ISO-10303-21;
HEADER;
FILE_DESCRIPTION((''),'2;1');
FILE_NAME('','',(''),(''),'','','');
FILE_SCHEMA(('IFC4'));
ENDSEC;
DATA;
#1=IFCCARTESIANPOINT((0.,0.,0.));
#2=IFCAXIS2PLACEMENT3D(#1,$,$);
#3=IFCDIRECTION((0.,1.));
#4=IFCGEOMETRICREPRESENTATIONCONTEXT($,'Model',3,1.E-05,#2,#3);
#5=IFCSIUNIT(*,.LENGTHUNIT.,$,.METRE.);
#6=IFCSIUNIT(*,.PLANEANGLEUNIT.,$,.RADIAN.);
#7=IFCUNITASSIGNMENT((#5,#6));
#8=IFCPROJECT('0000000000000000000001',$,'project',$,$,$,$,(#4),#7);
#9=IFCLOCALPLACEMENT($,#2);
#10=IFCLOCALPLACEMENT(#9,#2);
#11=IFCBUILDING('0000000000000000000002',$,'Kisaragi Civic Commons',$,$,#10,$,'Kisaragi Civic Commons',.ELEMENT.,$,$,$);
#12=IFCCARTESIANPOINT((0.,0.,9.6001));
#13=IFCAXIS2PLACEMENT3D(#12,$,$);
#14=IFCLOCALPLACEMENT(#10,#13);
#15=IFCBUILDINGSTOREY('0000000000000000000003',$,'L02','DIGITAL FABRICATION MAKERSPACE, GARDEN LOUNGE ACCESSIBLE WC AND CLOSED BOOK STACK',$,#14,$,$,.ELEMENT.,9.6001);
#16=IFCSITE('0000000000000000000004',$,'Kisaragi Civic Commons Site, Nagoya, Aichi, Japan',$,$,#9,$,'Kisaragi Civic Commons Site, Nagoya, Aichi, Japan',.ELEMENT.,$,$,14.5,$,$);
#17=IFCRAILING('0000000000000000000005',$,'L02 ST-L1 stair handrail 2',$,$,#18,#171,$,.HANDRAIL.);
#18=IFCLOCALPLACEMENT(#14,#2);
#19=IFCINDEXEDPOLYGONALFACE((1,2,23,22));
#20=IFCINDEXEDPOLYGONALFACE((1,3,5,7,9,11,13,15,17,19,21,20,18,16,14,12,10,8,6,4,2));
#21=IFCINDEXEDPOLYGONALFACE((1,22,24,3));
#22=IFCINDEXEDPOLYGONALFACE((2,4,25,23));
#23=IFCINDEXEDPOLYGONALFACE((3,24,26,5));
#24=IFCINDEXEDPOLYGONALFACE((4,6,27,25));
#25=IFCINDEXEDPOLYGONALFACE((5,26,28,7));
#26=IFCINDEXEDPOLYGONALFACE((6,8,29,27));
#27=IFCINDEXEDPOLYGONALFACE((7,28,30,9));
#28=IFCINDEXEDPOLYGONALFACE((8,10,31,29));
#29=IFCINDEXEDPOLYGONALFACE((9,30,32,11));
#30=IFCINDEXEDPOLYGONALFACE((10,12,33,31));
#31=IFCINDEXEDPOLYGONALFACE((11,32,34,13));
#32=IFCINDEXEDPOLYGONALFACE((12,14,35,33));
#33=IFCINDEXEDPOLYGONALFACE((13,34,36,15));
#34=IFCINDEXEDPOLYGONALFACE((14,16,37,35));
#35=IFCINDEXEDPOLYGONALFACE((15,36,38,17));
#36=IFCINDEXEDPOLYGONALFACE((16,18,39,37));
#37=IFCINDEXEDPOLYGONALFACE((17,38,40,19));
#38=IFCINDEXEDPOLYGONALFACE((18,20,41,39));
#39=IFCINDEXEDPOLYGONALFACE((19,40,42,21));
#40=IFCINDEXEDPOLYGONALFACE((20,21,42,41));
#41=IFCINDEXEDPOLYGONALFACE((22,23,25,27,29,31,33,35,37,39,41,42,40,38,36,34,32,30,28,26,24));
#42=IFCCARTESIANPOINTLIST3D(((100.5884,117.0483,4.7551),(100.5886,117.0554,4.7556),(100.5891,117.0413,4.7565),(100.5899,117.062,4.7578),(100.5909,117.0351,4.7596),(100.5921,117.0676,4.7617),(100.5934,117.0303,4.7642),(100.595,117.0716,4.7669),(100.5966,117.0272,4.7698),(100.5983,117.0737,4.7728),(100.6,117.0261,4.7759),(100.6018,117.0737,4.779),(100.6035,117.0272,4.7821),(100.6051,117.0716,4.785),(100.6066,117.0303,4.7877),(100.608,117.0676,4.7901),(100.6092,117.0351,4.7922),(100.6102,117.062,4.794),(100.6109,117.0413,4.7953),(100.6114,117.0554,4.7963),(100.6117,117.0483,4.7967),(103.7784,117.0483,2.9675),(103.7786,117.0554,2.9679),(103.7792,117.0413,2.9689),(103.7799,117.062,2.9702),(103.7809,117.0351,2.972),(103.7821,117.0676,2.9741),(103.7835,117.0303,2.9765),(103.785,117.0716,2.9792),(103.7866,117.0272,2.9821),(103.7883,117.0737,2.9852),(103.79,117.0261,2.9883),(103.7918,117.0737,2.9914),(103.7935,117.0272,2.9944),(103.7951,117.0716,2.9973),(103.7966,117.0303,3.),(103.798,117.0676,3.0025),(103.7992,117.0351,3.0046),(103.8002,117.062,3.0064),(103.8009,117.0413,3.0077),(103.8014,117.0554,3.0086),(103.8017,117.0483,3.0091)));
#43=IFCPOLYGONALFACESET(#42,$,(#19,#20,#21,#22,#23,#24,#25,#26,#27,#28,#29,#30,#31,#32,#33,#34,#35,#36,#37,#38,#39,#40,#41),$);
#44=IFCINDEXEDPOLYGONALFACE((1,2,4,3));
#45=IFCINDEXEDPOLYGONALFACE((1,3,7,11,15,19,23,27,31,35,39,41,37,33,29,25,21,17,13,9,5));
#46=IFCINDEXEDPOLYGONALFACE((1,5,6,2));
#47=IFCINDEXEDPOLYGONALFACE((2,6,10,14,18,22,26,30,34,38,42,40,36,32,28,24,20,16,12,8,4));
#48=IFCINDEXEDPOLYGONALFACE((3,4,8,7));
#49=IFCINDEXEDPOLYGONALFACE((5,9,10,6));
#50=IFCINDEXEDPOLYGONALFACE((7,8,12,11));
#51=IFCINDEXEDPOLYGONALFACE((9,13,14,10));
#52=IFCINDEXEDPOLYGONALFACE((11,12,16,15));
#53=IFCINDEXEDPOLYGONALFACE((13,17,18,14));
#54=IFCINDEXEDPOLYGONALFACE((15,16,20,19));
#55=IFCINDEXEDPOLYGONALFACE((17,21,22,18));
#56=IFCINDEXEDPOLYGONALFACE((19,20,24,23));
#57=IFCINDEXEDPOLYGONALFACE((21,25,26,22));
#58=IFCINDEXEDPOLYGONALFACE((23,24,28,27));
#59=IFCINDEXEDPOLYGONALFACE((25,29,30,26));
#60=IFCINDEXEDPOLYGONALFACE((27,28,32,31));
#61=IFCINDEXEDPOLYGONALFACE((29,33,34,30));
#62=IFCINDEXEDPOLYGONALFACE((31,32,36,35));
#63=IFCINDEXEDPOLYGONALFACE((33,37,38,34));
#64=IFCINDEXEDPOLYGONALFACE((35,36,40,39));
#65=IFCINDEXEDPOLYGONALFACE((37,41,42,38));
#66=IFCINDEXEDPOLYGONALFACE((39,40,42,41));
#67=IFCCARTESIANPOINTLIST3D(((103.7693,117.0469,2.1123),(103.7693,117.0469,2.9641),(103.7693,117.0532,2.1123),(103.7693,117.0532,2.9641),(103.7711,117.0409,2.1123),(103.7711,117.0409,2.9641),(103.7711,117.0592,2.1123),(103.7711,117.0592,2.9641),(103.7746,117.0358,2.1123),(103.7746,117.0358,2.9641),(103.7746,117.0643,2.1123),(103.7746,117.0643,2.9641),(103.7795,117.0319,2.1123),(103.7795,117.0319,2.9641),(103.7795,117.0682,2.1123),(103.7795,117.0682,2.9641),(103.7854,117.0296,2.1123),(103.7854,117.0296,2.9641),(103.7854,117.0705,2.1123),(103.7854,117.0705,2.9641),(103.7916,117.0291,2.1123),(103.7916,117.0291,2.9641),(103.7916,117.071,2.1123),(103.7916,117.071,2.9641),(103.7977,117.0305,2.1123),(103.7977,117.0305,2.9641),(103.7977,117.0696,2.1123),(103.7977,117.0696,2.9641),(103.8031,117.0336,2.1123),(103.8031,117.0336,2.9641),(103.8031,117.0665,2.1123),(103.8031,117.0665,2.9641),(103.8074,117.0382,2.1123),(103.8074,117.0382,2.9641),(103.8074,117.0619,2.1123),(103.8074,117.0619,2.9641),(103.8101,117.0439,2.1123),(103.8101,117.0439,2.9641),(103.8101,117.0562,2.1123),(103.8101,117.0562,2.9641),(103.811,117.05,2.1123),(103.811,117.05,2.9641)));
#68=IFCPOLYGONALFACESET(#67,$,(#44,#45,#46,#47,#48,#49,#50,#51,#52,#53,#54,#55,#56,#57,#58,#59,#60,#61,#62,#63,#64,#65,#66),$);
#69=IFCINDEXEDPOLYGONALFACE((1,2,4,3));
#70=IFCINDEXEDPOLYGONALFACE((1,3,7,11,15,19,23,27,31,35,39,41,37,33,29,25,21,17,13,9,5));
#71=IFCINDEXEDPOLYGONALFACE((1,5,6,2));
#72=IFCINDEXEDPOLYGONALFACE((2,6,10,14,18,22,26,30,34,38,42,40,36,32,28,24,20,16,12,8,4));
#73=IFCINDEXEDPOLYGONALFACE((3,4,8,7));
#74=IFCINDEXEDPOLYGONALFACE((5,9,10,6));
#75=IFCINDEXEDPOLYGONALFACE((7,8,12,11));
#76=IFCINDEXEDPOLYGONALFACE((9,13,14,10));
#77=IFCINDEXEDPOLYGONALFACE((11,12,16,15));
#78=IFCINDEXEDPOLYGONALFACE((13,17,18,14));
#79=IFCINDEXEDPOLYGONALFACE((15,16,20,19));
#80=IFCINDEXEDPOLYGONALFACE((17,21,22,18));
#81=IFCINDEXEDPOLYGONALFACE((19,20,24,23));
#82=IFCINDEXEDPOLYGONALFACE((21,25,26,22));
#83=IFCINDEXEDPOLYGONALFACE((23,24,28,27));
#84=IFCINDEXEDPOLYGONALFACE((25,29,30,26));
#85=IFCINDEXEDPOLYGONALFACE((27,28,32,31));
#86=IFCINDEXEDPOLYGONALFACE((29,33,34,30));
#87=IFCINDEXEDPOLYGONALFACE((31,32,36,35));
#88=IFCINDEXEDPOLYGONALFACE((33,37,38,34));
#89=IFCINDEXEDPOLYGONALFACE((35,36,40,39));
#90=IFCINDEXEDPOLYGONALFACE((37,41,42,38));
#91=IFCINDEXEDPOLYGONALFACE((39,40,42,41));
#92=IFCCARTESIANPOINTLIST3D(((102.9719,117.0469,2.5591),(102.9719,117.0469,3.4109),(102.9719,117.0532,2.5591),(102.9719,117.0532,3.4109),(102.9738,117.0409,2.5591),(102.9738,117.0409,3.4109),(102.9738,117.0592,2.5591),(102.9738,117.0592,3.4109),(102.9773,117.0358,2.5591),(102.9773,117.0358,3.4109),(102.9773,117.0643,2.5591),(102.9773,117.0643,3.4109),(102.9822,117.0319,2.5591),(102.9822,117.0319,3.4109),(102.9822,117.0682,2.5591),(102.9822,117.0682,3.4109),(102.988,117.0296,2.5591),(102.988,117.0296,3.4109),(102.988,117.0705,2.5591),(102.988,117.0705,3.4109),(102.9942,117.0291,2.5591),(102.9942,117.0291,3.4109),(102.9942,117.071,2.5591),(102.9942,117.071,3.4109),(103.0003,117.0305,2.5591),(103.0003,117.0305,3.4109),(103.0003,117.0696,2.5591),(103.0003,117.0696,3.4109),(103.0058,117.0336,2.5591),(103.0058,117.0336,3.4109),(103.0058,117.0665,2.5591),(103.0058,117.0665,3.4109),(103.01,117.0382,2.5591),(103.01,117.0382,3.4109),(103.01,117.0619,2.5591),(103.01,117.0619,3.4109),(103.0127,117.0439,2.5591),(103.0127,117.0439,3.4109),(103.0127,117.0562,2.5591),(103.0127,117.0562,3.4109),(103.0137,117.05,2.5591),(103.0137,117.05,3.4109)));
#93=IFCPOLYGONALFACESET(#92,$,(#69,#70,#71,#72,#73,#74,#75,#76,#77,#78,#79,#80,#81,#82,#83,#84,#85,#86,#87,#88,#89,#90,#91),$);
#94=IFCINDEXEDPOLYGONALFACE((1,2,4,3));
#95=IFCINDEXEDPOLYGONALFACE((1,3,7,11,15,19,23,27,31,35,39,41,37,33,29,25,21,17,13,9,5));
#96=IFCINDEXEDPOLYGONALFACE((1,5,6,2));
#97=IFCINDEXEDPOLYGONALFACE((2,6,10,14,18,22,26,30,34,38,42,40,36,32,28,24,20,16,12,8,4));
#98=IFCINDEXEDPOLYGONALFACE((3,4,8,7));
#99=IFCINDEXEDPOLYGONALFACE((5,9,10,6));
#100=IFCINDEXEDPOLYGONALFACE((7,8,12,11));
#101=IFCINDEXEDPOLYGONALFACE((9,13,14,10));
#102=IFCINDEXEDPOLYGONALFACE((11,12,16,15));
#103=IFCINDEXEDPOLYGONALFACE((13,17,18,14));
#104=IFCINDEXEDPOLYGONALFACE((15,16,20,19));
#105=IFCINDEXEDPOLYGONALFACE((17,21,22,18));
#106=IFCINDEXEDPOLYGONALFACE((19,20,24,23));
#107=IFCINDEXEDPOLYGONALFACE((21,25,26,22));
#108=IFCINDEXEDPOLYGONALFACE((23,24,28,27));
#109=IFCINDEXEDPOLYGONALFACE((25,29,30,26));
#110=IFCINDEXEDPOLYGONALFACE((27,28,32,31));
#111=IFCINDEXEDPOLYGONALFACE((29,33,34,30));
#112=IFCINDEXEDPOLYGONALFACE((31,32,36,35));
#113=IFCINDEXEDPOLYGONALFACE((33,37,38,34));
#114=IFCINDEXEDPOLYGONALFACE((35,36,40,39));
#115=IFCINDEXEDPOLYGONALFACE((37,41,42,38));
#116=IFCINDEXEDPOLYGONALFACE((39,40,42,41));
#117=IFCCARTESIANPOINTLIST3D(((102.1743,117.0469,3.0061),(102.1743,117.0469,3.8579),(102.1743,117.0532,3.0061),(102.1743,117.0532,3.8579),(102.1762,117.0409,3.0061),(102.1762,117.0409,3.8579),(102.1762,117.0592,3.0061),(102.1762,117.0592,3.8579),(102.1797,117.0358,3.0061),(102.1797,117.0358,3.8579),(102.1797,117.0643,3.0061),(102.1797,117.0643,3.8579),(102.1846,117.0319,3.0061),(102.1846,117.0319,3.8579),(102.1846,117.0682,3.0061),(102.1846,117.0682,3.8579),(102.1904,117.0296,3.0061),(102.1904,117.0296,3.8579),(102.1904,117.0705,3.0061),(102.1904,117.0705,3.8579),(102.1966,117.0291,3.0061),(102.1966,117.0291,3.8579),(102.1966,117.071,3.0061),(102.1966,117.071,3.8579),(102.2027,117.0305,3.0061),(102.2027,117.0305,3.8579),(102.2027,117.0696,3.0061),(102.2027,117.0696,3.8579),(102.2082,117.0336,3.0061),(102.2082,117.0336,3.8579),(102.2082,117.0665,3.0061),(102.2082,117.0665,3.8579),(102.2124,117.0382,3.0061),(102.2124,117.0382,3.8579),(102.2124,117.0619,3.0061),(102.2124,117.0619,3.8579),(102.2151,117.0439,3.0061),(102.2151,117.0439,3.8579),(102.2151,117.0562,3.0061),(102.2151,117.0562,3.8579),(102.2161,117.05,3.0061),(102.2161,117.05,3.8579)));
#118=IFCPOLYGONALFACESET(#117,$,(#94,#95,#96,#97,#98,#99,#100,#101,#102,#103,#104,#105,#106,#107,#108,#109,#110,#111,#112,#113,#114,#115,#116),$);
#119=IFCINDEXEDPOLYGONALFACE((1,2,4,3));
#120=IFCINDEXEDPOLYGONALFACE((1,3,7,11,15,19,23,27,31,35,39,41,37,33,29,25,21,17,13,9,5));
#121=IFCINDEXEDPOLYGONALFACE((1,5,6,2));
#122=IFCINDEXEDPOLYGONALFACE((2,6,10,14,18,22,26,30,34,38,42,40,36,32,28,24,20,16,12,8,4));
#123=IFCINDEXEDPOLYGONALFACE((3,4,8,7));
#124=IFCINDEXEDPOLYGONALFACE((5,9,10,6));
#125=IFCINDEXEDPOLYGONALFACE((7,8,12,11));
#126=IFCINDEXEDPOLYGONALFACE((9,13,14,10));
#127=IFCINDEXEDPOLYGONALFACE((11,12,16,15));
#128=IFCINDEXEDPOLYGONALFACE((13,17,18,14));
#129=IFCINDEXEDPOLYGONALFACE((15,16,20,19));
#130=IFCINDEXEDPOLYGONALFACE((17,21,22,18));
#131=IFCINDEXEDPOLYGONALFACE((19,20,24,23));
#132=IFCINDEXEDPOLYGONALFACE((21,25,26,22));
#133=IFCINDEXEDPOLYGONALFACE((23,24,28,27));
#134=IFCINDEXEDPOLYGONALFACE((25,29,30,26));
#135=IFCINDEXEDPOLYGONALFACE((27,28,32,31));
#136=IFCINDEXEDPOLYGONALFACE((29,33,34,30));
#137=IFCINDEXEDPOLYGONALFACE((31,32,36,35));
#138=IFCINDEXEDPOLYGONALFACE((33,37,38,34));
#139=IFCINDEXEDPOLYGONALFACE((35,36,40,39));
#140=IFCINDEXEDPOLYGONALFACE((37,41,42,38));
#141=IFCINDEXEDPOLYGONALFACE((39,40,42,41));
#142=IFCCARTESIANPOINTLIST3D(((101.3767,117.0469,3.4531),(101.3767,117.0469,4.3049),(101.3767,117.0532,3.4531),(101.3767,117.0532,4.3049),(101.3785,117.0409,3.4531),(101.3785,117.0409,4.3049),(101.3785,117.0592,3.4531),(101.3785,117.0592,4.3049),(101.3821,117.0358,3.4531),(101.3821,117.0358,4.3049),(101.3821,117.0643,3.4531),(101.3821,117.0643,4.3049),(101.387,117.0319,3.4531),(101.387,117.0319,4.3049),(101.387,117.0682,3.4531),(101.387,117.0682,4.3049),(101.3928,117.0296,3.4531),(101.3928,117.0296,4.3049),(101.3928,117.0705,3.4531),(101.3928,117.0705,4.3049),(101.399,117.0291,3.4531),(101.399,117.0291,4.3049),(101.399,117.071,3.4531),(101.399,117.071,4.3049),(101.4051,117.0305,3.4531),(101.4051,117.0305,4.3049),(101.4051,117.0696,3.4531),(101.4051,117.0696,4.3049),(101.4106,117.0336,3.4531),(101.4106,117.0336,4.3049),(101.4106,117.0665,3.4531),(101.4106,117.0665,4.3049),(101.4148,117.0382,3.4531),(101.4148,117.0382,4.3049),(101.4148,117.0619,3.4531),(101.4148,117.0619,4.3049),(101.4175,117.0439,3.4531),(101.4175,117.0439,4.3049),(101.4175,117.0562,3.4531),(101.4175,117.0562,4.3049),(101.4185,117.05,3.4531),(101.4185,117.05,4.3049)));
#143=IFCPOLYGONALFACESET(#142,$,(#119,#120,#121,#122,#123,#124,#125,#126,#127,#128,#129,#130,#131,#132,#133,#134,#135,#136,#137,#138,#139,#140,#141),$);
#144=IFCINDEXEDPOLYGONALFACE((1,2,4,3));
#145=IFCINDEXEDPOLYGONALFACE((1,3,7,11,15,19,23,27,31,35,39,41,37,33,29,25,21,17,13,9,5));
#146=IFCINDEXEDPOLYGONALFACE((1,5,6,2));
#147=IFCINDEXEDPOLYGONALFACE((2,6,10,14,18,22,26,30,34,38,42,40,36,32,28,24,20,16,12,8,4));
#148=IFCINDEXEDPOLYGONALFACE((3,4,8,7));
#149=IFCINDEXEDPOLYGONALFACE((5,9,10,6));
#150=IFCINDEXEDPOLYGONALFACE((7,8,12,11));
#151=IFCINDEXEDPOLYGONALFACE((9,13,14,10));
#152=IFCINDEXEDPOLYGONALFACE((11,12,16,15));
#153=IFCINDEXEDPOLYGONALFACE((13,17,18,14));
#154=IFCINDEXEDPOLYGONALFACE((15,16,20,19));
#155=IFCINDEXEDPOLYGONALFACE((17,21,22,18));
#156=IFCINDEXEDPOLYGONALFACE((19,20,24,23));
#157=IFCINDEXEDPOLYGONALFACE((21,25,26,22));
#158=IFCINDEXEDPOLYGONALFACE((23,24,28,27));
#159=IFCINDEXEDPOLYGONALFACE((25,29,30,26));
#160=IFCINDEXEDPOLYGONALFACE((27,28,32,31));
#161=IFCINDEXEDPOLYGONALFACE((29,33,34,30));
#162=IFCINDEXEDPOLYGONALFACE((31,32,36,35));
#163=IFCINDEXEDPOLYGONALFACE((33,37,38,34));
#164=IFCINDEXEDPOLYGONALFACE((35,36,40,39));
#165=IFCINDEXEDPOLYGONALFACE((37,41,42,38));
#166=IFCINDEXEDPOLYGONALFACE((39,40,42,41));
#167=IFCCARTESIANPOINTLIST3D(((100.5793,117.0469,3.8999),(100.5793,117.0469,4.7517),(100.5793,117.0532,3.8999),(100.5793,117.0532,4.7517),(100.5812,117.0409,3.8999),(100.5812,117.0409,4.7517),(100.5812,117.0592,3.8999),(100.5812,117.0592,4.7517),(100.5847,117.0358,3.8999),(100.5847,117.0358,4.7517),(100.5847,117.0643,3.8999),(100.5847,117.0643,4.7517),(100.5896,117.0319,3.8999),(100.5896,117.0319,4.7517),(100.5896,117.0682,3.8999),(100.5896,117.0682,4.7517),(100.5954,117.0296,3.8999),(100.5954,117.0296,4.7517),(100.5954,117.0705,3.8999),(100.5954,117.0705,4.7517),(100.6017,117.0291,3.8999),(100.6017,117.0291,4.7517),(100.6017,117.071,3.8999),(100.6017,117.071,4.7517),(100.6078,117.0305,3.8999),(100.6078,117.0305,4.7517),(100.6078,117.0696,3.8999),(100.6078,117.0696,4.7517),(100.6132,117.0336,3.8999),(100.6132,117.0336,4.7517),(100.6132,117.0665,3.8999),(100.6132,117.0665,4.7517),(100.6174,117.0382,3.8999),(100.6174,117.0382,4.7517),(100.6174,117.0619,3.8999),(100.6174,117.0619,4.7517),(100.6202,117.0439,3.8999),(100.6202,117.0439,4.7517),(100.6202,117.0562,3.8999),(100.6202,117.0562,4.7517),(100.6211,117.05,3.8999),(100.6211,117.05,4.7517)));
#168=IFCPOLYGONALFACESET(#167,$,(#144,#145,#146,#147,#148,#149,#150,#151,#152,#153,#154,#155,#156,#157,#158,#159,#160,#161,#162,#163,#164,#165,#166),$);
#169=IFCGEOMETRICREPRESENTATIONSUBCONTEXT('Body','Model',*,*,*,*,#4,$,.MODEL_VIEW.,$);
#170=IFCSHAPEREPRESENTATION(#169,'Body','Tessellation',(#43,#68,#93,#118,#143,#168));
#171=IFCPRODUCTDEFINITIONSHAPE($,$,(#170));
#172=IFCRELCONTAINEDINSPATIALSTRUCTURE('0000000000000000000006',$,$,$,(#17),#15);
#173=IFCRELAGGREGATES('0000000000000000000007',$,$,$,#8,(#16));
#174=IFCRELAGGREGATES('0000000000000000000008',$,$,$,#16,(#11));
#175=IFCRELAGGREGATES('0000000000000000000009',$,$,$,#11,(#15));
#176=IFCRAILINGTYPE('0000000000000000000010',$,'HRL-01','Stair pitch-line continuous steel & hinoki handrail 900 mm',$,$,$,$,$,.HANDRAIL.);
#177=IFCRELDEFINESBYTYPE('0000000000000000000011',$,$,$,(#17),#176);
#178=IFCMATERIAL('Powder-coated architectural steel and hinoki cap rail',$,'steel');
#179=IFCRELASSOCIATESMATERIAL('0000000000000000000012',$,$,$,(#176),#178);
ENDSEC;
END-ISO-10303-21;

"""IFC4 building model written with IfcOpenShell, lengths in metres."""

from ifc_helpers import new_model, si_unit, direction, frame, origin, origin_2d, place, context, subcontext, project, spatial, circle, extrude, material, type_object, element, save


model = new_model("IFC4")

# Units and contexts
model_context = context("Model", 3, precision=1e-05, world=origin(), true_north=direction((0.0, 1.0)))
body_context = subcontext(model_context, "Body", "Model", "MODEL_VIEW")
ifc_project = project(units=[si_unit("LENGTHUNIT", "METRE"), si_unit("PLANEANGLEUNIT", "RADIAN")], contexts=[model_context])

# Site, building, storey
site_placement = place(None, origin())
site = spatial("IfcSite", under=ifc_project, at=site_placement, Name="Kisaragi Civic Commons Site, Nagoya, Aichi, Japan", LongName="Kisaragi Civic Commons Site, Nagoya, Aichi, Japan", CompositionType="ELEMENT", RefElevation=14.5)
building_placement = place(site_placement, origin())
building = spatial("IfcBuilding", under=site, at=building_placement, Name="Kisaragi Civic Commons", LongName="Kisaragi Civic Commons", CompositionType="ELEMENT")
storey_placement = place(building_placement, frame((0.0, 0.0, 9.6001)))
storey = spatial("IfcBuildingStorey", under=building, at=storey_placement, Name="L02", Description="DIGITAL FABRICATION MAKERSPACE, GARDEN LOUNGE ACCESSIBLE WC AND CLOSED BOOK STACK", CompositionType="ELEMENT", Elevation=9.6001)

# Railing
ifc_material_1 = material(Name="Powder-coated architectural steel and hinoki cap rail", Category="steel")
railing_type_1 = type_object("IfcRailingType", Name="HRL-01", Description="Stair pitch-line continuous steel & hinoki handrail 900 mm", PredefinedType="HANDRAIL", material=ifc_material_1)
railing_1_placement = place(storey_placement, frame((103.79, 117.05, 2.1123)))
element("IfcRailing", 1, at=railing_1_placement, inside=storey, type_object=railing_type_1, Name="L02 ST-L1 stair handrail 2", PredefinedType="HANDRAIL", context=body_context, shape_type="SweptSolid", body=[
    extrude(circle(Radius=0.0239, at=origin_2d()), frame((0.0, 0.0, 0.876), z_axis=(-0.872363, 0.0, 0.48886), x_axis=(0.0, -1.0, 0.0)), (0.0, 0.0, 1.0), 3.6567),
    extrude(circle(Radius=0.021, at=origin_2d()), origin(), (0.0, 0.0, 1.0), 0.8518),
    extrude(circle(Radius=0.021, at=origin_2d()), frame((-0.7974, 0.0, 0.4468)), (0.0, 0.0, 1.0), 0.8518),
    extrude(circle(Radius=0.021, at=origin_2d()), frame((-1.595, 0.0, 0.8938)), (0.0, 0.0, 1.0), 0.8518),
    extrude(circle(Radius=0.021, at=origin_2d()), frame((-2.3926, 0.0, 1.3408)), (0.0, 0.0, 1.0), 0.8518),
    extrude(circle(Radius=0.021, at=origin_2d()), frame((-3.1899, 0.0, 1.7876)), (0.0, 0.0, 1.0), 0.8518),
])

save(model, "model.ifc")
